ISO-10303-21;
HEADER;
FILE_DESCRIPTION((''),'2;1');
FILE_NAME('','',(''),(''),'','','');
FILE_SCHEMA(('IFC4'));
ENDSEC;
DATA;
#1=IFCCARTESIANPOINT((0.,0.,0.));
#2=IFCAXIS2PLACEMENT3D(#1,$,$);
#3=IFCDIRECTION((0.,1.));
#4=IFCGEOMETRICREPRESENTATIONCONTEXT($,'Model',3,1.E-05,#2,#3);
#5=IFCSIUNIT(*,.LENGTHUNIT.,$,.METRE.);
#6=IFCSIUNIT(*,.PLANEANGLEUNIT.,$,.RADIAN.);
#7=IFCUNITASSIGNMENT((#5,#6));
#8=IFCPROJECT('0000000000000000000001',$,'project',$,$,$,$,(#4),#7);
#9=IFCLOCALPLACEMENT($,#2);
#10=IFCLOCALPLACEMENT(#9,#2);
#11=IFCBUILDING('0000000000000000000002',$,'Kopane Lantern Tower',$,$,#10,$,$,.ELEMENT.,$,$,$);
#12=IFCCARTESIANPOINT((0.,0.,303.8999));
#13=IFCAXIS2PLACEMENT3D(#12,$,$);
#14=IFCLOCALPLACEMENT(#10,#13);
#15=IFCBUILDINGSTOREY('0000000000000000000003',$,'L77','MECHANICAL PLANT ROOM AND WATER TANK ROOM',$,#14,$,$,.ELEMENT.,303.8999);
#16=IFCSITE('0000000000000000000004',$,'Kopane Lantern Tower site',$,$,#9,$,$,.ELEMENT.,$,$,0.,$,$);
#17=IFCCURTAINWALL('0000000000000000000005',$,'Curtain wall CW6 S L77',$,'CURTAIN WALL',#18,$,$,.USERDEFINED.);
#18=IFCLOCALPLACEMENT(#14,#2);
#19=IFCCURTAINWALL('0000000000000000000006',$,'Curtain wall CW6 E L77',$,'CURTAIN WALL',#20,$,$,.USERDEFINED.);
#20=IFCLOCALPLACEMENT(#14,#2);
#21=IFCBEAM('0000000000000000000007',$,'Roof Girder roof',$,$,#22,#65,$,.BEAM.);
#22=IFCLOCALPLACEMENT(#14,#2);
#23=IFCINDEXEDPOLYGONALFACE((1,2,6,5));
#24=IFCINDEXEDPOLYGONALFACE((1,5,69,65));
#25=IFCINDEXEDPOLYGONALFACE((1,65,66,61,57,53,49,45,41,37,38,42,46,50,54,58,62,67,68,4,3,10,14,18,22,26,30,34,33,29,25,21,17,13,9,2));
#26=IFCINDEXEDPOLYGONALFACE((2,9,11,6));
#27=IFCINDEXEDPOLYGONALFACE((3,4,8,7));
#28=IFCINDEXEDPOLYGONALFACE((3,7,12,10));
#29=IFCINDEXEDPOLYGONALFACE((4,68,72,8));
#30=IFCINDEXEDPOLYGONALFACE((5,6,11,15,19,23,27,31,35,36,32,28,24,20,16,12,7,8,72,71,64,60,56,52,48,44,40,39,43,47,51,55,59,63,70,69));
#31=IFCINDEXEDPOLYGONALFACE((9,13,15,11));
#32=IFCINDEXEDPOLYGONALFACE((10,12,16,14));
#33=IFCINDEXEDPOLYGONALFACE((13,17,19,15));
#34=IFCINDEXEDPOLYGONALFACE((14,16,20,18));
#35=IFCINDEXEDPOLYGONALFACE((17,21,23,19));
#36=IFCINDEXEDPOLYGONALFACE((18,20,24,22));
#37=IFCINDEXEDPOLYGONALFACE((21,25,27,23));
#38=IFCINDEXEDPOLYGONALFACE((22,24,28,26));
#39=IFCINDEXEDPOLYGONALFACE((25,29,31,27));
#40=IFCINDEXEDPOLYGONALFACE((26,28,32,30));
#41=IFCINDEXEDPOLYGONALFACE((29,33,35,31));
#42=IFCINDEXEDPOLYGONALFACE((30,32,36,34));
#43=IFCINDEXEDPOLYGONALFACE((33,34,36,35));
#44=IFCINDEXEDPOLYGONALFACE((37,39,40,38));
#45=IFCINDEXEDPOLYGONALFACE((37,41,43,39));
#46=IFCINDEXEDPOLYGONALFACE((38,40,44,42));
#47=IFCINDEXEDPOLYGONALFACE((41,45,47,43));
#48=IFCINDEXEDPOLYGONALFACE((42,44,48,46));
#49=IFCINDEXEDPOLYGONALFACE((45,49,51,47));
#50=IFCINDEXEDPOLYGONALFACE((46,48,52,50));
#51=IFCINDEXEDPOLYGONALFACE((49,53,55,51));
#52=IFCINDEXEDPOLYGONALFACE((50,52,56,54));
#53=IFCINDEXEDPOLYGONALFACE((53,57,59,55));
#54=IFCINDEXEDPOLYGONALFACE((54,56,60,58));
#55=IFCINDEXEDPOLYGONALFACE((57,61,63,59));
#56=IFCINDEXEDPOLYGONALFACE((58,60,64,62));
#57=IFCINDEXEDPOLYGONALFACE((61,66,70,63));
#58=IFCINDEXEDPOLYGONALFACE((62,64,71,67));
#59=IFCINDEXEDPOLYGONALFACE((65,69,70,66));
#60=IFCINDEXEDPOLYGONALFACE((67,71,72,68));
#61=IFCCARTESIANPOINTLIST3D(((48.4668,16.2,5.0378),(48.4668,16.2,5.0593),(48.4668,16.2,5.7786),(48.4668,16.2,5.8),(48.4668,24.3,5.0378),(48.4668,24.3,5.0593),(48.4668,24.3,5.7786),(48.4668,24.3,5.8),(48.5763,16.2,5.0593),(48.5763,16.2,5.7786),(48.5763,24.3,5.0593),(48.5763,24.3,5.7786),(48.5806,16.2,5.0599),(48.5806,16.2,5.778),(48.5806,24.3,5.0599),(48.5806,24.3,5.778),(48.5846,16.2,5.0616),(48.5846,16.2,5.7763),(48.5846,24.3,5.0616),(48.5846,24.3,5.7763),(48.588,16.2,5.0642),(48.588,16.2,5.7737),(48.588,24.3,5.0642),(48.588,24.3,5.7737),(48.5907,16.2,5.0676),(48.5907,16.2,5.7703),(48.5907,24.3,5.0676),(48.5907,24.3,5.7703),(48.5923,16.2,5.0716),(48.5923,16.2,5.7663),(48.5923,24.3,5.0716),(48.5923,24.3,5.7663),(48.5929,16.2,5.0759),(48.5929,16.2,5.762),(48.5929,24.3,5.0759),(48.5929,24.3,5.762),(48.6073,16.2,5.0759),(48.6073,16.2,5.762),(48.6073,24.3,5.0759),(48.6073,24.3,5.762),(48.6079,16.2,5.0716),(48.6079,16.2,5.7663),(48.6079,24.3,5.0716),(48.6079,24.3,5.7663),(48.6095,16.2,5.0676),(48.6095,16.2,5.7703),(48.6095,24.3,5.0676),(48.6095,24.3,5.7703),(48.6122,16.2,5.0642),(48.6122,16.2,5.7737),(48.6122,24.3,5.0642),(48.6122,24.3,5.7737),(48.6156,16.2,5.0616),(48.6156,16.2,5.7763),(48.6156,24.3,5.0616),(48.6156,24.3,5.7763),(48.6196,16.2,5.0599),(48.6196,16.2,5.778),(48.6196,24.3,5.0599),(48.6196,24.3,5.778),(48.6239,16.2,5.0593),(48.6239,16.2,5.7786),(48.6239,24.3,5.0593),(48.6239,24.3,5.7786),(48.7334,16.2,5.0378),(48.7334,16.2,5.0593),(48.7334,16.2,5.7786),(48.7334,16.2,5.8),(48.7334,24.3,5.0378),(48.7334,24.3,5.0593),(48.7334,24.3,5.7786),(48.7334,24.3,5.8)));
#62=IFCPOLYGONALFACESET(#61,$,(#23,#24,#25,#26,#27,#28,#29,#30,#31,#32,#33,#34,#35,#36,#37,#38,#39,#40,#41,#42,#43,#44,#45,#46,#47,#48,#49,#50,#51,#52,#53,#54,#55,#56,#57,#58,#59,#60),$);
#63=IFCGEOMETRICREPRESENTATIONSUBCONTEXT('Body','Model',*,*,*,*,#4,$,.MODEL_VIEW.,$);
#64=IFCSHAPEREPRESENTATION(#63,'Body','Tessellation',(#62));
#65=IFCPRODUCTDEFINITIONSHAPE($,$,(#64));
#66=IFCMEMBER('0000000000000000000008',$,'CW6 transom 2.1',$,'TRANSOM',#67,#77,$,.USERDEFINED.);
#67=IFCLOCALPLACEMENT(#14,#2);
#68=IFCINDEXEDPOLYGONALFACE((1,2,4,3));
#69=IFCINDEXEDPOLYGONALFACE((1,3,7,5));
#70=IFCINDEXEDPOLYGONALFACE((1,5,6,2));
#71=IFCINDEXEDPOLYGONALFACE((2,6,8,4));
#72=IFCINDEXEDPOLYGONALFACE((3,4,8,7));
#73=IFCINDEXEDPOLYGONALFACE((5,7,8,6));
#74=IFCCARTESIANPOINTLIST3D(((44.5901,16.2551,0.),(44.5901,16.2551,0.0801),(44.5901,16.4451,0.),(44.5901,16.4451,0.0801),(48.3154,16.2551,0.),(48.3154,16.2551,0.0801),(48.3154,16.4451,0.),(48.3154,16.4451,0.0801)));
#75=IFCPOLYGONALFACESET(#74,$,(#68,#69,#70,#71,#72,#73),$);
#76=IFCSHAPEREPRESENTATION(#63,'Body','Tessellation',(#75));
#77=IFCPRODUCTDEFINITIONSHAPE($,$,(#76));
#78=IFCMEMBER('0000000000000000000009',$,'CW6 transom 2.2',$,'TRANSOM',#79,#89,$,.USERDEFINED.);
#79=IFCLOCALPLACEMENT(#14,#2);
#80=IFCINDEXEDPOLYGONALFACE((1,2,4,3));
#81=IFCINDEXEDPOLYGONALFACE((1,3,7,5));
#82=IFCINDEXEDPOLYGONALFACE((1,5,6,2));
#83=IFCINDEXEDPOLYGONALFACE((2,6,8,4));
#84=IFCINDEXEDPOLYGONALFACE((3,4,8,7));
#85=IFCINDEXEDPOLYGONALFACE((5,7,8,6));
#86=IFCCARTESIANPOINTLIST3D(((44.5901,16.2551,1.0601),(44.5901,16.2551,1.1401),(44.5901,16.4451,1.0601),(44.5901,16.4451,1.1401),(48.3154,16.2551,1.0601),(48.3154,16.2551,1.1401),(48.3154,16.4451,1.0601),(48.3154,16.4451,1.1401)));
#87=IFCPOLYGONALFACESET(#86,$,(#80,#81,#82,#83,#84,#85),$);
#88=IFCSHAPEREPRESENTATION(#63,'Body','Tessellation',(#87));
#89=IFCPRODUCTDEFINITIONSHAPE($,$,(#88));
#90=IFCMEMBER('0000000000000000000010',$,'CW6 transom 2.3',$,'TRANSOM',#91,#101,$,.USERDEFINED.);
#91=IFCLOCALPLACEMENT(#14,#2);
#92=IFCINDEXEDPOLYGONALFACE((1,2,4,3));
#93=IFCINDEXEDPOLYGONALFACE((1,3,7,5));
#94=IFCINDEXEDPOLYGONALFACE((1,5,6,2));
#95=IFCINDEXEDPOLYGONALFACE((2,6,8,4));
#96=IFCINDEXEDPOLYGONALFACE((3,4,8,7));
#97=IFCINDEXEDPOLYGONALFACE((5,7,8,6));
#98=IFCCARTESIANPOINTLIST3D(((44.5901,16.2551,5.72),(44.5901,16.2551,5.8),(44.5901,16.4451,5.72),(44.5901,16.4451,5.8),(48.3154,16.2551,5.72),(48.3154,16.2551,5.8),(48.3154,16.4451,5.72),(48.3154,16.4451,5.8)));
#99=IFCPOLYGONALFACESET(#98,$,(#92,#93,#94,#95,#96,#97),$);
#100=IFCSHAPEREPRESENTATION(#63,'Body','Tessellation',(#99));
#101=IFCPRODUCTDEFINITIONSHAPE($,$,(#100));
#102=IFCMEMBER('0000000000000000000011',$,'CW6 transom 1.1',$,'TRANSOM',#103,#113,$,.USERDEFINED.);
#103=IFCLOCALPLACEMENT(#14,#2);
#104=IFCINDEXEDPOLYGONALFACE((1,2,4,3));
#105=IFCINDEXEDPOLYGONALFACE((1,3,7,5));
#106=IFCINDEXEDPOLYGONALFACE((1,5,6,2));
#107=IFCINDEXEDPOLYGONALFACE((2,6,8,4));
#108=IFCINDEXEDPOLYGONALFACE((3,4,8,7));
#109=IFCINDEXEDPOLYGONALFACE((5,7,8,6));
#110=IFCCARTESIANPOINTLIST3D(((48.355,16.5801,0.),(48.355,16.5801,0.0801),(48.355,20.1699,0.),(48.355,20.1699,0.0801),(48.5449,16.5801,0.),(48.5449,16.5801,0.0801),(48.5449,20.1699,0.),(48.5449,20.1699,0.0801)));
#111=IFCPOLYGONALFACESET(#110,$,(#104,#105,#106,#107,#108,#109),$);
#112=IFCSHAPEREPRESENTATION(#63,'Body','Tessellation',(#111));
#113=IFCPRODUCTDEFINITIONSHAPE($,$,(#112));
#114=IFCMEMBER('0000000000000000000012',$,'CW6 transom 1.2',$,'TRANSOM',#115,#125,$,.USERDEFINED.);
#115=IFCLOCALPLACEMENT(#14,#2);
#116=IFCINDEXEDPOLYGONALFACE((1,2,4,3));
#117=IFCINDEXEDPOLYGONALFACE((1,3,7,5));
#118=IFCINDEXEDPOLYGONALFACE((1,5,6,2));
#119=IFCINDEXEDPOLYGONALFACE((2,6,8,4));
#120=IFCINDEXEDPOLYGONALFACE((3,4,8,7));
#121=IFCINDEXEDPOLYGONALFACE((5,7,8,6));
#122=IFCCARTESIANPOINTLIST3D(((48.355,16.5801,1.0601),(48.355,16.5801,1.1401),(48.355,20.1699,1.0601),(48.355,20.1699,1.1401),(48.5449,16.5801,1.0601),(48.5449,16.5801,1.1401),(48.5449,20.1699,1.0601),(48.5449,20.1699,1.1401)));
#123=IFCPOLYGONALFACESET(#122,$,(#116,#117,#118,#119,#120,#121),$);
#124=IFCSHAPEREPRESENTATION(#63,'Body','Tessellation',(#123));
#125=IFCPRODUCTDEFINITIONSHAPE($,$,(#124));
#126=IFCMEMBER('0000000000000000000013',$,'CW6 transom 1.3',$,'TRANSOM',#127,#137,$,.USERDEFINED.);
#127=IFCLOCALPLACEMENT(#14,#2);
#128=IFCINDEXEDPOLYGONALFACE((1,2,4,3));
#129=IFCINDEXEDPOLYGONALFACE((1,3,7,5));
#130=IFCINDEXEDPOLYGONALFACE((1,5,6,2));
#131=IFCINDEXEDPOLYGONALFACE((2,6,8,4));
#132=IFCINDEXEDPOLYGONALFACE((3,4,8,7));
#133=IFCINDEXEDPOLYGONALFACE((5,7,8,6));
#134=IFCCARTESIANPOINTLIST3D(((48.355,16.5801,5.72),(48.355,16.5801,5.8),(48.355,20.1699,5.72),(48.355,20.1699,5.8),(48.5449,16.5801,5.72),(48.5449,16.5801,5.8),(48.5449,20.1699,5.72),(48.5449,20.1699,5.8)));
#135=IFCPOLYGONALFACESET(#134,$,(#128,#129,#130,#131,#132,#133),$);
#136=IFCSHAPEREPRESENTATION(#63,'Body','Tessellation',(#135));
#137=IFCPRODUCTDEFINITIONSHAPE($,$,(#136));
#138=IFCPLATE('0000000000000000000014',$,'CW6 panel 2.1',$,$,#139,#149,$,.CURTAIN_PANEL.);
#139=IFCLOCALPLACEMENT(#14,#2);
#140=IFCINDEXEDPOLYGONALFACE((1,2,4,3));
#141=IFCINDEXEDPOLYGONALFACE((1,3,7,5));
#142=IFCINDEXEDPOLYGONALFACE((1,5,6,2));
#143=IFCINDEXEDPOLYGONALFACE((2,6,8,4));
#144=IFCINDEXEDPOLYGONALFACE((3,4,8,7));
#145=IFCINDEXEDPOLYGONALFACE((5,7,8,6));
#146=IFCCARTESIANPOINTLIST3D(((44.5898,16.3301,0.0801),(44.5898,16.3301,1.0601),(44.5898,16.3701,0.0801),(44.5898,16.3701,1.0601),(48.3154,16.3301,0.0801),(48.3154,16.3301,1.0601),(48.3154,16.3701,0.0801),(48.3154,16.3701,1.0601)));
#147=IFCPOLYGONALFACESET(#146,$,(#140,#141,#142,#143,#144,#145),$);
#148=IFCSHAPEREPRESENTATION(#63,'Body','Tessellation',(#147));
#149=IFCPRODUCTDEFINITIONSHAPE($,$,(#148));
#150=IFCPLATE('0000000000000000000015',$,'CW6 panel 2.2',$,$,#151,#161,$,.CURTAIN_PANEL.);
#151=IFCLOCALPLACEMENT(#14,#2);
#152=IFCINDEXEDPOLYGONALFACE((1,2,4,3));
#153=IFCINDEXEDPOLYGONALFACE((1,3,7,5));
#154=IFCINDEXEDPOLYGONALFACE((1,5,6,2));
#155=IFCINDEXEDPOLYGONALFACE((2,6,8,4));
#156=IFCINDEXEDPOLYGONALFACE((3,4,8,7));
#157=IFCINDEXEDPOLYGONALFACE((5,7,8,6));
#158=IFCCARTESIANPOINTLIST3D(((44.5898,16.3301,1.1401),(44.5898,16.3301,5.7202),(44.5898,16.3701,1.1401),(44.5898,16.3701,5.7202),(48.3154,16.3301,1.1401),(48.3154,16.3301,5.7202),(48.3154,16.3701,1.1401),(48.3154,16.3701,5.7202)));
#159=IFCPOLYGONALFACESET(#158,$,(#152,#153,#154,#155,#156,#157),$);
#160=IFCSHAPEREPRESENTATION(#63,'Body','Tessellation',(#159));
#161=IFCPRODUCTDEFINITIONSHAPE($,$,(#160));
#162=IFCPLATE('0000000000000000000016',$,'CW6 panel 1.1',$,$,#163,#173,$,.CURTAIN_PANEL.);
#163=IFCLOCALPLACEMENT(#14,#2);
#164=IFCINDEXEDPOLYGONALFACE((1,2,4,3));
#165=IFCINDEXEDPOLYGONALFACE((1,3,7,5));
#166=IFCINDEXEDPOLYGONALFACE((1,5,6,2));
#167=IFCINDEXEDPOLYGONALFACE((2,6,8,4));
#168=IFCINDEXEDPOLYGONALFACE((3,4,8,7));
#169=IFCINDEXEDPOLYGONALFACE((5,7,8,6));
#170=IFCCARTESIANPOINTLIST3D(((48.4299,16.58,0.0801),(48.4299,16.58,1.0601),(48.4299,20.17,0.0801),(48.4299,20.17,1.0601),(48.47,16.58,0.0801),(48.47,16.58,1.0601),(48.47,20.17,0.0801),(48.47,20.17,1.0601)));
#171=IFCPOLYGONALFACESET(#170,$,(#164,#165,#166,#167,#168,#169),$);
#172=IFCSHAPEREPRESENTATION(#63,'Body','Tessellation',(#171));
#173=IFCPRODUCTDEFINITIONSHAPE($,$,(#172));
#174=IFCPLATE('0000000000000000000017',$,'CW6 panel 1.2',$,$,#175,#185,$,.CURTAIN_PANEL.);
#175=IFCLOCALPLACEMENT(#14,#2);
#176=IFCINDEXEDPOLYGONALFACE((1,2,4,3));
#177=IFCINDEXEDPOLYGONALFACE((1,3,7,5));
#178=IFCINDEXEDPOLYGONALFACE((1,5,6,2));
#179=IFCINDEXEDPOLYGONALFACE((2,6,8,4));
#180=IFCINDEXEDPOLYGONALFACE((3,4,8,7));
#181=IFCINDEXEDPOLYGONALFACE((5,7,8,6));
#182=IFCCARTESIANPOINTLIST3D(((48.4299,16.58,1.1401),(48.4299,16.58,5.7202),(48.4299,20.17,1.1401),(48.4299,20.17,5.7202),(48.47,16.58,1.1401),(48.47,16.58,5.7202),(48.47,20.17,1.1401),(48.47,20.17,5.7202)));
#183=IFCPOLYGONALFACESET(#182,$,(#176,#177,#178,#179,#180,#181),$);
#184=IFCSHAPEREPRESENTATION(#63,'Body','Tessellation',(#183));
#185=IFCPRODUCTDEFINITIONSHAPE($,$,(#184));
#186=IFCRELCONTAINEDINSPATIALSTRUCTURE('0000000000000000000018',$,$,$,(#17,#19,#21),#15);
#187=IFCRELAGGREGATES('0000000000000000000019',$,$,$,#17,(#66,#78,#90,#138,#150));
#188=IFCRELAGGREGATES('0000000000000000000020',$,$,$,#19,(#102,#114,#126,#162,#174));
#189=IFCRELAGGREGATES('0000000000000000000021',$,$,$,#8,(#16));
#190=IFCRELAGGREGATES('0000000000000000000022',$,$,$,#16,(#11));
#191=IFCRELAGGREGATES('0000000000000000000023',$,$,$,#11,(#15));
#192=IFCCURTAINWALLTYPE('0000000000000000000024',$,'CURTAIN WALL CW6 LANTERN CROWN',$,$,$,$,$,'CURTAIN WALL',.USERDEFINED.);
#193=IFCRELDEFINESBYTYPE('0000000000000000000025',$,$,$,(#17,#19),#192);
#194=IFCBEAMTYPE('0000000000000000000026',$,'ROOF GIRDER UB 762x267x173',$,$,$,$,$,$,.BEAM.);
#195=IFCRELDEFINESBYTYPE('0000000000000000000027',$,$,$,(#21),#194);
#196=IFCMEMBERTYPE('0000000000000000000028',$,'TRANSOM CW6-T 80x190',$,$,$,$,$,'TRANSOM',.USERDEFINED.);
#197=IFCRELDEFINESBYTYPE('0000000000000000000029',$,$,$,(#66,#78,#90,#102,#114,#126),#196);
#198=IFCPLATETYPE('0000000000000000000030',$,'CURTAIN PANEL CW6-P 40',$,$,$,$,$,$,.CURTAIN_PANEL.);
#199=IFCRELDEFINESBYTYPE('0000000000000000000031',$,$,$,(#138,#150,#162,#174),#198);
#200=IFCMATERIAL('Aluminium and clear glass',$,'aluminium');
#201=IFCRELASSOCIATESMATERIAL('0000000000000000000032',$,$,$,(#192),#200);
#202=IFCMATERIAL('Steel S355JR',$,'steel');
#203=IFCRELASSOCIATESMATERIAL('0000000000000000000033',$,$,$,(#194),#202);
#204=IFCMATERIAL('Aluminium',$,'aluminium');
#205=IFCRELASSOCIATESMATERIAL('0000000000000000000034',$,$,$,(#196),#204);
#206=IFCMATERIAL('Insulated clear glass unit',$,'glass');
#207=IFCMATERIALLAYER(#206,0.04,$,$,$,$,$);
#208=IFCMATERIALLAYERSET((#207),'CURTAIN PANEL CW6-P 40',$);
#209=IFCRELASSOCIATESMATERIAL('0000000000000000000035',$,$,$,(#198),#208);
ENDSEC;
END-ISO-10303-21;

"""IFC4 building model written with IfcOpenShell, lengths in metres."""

from ifc_helpers import new_model, si_unit, direction, frame, origin, origin_2d, place, context, subcontext, project, spatial, rectangle, i_section, extrude, material, layer, layer_set, material_profile, profile_set, type_object, element, aggregate, save


model = new_model("IFC4")

# Units and contexts
model_context = context("Model", 3, precision=1e-05, world=origin(), true_north=direction((0.0, 1.0)))
body_context = subcontext(model_context, "Body", "Model", "MODEL_VIEW")
ifc_project = project(units=[si_unit("LENGTHUNIT", "METRE"), si_unit("PLANEANGLEUNIT", "RADIAN")], contexts=[model_context])

# Site, building, storey
site_placement = place(None, origin())
site = spatial("IfcSite", under=ifc_project, at=site_placement, Name="Kopane Lantern Tower site", CompositionType="ELEMENT", RefElevation=0.0)
building_placement = place(site_placement, origin())
building = spatial("IfcBuilding", under=site, at=building_placement, Name="Kopane Lantern Tower", CompositionType="ELEMENT")
storey_placement = place(building_placement, frame((0.0, 0.0, 303.8999)))
storey = spatial("IfcBuildingStorey", under=building, at=storey_placement, Name="L77", Description="MECHANICAL PLANT ROOM AND WATER TANK ROOM", CompositionType="ELEMENT", Elevation=303.8999)

# Curtain wall
ifc_material_1 = material(Name="Aluminium and clear glass", Category="aluminium")
curtain_wall_type = type_object("IfcCurtainWallType", Name="CURTAIN WALL CW6 LANTERN CROWN", ElementType="CURTAIN WALL", PredefinedType="USERDEFINED", material=ifc_material_1)
curtain_wall_1_placement = place(storey_placement, origin())
curtain_wall_1 = element("IfcCurtainWall", 1, at=curtain_wall_1_placement, inside=storey, type_object=curtain_wall_type, Name="Curtain wall CW6 S L77", ObjectType="CURTAIN WALL", PredefinedType="USERDEFINED")

# Curtain wall
curtain_wall_2_placement = place(storey_placement, origin())
curtain_wall_2 = element("IfcCurtainWall", 2, at=curtain_wall_2_placement, inside=storey, type_object=curtain_wall_type, Name="Curtain wall CW6 E L77", ObjectType="CURTAIN WALL", PredefinedType="USERDEFINED")

# Beam
ifc_material_2 = material(Name="Steel S355JR", Category="steel")
ifc_material_profile_1 = material_profile(ifc_material_2, i_section(OverallWidth=0.2666, OverallDepth=0.7622, WebThickness=0.0144, FlangeThickness=0.0215, FilletRadius=0.0166, at=origin_2d()), Name="UB 762x267x173")
ifc_profile_set_1 = profile_set([ifc_material_profile_1], Name="Steel S355JR")
beam_type_1 = type_object("IfcBeamType", Name="ROOF GIRDER UB 762x267x173", PredefinedType="BEAM", material=ifc_profile_set_1)
beam_1_placement = place(storey_placement, frame((48.6001, 16.2, 5.4189), z_axis=(0.0, 1.0, 0.0), x_axis=(-1.0, 0.0, 0.0)))
element("IfcBeam", 3, at=beam_1_placement, inside=storey, type_object=beam_type_1, Name="Roof Girder roof", PredefinedType="BEAM", context=body_context, shape_type="SweptSolid", body=[
    extrude(i_section(OverallWidth=0.2666, OverallDepth=0.7622, WebThickness=0.0144, FlangeThickness=0.0215, FilletRadius=0.0166, at=origin_2d()), origin(), (0.0, 0.0, 1.0), 8.1001),
])

# Members
ifc_material_3 = material(Name="Aluminium", Category="aluminium")
ifc_material_profile_2 = material_profile(ifc_material_3, rectangle(XDim=0.1899, YDim=0.0801, at=origin_2d()), Name="AL 190x80")
ifc_profile_set_2 = profile_set([ifc_material_profile_2], Name="Aluminium")
member_type_1 = type_object("IfcMemberType", Name="TRANSOM CW6-T 80x190", ElementType="TRANSOM", PredefinedType="USERDEFINED", material=ifc_profile_set_2)
member_1_placement = place(storey_placement, frame((44.5901, 16.3501, 0.04), z_axis=(1.0, 0.0, 0.0), x_axis=(0.0, 1.0, 0.0)))
member_1 = element("IfcMember", 4, at=member_1_placement, type_object=member_type_1, Name="CW6 transom 2.1", ObjectType="TRANSOM", PredefinedType="USERDEFINED", context=body_context, shape_type="SweptSolid", body=[
    extrude(rectangle(XDim=0.1899, YDim=0.0801, at=origin_2d()), origin(), (0.0, 0.0, 1.0), 3.7253),
])
member_2_placement = place(storey_placement, frame((44.5901, 16.3501, 1.1001), z_axis=(1.0, 0.0, 0.0), x_axis=(0.0, 1.0, 0.0)))
member_2 = element("IfcMember", 5, at=member_2_placement, type_object=member_type_1, Name="CW6 transom 2.2", ObjectType="TRANSOM", PredefinedType="USERDEFINED", context=body_context, shape_type="SweptSolid", body=[
    extrude(rectangle(XDim=0.1899, YDim=0.0801, at=origin_2d()), origin(), (0.0, 0.0, 1.0), 3.7253),
])
member_3_placement = place(storey_placement, frame((44.5901, 16.3501, 5.76), z_axis=(1.0, 0.0, 0.0), x_axis=(0.0, 1.0, 0.0)))
member_3 = element("IfcMember", 6, at=member_3_placement, type_object=member_type_1, Name="CW6 transom 2.3", ObjectType="TRANSOM", PredefinedType="USERDEFINED", context=body_context, shape_type="SweptSolid", body=[
    extrude(rectangle(XDim=0.1899, YDim=0.0801, at=origin_2d()), origin(), (0.0, 0.0, 1.0), 3.7253),
])
member_4_placement = place(storey_placement, frame((48.45, 16.5801, 0.04), z_axis=(0.0, 1.0, 0.0), x_axis=(-1.0, 0.0, 0.0)))
member_4 = element("IfcMember", 7, at=member_4_placement, type_object=member_type_1, Name="CW6 transom 1.1", ObjectType="TRANSOM", PredefinedType="USERDEFINED", context=body_context, shape_type="SweptSolid", body=[
    extrude(rectangle(XDim=0.1899, YDim=0.0801, at=origin_2d()), origin(), (0.0, 0.0, 1.0), 3.5898),
])
member_5_placement = place(storey_placement, frame((48.45, 16.5801, 1.1001), z_axis=(0.0, 1.0, 0.0), x_axis=(-1.0, 0.0, 0.0)))
member_5 = element("IfcMember", 8, at=member_5_placement, type_object=member_type_1, Name="CW6 transom 1.2", ObjectType="TRANSOM", PredefinedType="USERDEFINED", context=body_context, shape_type="SweptSolid", body=[
    extrude(rectangle(XDim=0.1899, YDim=0.0801, at=origin_2d()), origin(), (0.0, 0.0, 1.0), 3.5898),
])
member_6_placement = place(storey_placement, frame((48.45, 16.5801, 5.76), z_axis=(0.0, 1.0, 0.0), x_axis=(-1.0, 0.0, 0.0)))
member_6 = element("IfcMember", 9, at=member_6_placement, type_object=member_type_1, Name="CW6 transom 1.3", ObjectType="TRANSOM", PredefinedType="USERDEFINED", context=body_context, shape_type="SweptSolid", body=[
    extrude(rectangle(XDim=0.1899, YDim=0.0801, at=origin_2d()), origin(), (0.0, 0.0, 1.0), 3.5898),
])

# Plates
ifc_material_4 = material(Name="Insulated clear glass unit", Category="glass")
ifc_layer_1 = layer(ifc_material_4, 0.04)
ifc_layer_set_1 = layer_set([ifc_layer_1], Name="CURTAIN PANEL CW6-P 40")
plate_type_1 = type_object("IfcPlateType", Name="CURTAIN PANEL CW6-P 40", PredefinedType="CURTAIN_PANEL", material=ifc_layer_set_1)
plate_1_placement = place(storey_placement, frame((46.4526, 16.3501, 0.0801), z_axis=(0.0, 0.0, 1.0), x_axis=(1.0, 0.0, 0.0)))
plate_1 = element("IfcPlate", 10, at=plate_1_placement, type_object=plate_type_1, Name="CW6 panel 2.1", PredefinedType="CURTAIN_PANEL", context=body_context, shape_type="SweptSolid", body=[
    extrude(rectangle(XDim=3.7256, YDim=0.04, at=origin_2d()), origin(), (0.0, 0.0, 1.0), 0.98),
])
plate_2_placement = place(storey_placement, frame((46.4526, 16.3501, 1.1401), z_axis=(0.0, 0.0, 1.0), x_axis=(1.0, 0.0, 0.0)))
plate_2 = element("IfcPlate", 11, at=plate_2_placement, type_object=plate_type_1, Name="CW6 panel 2.2", PredefinedType="CURTAIN_PANEL", context=body_context, shape_type="SweptSolid", body=[
    extrude(rectangle(XDim=3.7256, YDim=0.04, at=origin_2d()), origin(), (0.0, 0.0, 1.0), 4.5801),
])
aggregate(curtain_wall_1, [member_1, member_2, member_3, plate_1, plate_2])
plate_3_placement = place(storey_placement, frame((48.45, 18.375, 0.0801), z_axis=(0.0, 0.0, 1.0), x_axis=(0.0, 1.0, 0.0)))
plate_3 = element("IfcPlate", 12, at=plate_3_placement, type_object=plate_type_1, Name="CW6 panel 1.1", PredefinedType="CURTAIN_PANEL", context=body_context, shape_type="SweptSolid", body=[
    extrude(rectangle(XDim=3.5901, YDim=0.04, at=origin_2d()), origin(), (0.0, 0.0, 1.0), 0.98),
])
plate_4_placement = place(storey_placement, frame((48.45, 18.375, 1.1401), z_axis=(0.0, 0.0, 1.0), x_axis=(0.0, 1.0, 0.0)))
plate_4 = element("IfcPlate", 13, at=plate_4_placement, type_object=plate_type_1, Name="CW6 panel 1.2", PredefinedType="CURTAIN_PANEL", context=body_context, shape_type="SweptSolid", body=[
    extrude(rectangle(XDim=3.5901, YDim=0.04, at=origin_2d()), origin(), (0.0, 0.0, 1.0), 4.5801),
])
aggregate(curtain_wall_2, [member_4, member_5, member_6, plate_3, plate_4])

save(model, "model.ifc")
